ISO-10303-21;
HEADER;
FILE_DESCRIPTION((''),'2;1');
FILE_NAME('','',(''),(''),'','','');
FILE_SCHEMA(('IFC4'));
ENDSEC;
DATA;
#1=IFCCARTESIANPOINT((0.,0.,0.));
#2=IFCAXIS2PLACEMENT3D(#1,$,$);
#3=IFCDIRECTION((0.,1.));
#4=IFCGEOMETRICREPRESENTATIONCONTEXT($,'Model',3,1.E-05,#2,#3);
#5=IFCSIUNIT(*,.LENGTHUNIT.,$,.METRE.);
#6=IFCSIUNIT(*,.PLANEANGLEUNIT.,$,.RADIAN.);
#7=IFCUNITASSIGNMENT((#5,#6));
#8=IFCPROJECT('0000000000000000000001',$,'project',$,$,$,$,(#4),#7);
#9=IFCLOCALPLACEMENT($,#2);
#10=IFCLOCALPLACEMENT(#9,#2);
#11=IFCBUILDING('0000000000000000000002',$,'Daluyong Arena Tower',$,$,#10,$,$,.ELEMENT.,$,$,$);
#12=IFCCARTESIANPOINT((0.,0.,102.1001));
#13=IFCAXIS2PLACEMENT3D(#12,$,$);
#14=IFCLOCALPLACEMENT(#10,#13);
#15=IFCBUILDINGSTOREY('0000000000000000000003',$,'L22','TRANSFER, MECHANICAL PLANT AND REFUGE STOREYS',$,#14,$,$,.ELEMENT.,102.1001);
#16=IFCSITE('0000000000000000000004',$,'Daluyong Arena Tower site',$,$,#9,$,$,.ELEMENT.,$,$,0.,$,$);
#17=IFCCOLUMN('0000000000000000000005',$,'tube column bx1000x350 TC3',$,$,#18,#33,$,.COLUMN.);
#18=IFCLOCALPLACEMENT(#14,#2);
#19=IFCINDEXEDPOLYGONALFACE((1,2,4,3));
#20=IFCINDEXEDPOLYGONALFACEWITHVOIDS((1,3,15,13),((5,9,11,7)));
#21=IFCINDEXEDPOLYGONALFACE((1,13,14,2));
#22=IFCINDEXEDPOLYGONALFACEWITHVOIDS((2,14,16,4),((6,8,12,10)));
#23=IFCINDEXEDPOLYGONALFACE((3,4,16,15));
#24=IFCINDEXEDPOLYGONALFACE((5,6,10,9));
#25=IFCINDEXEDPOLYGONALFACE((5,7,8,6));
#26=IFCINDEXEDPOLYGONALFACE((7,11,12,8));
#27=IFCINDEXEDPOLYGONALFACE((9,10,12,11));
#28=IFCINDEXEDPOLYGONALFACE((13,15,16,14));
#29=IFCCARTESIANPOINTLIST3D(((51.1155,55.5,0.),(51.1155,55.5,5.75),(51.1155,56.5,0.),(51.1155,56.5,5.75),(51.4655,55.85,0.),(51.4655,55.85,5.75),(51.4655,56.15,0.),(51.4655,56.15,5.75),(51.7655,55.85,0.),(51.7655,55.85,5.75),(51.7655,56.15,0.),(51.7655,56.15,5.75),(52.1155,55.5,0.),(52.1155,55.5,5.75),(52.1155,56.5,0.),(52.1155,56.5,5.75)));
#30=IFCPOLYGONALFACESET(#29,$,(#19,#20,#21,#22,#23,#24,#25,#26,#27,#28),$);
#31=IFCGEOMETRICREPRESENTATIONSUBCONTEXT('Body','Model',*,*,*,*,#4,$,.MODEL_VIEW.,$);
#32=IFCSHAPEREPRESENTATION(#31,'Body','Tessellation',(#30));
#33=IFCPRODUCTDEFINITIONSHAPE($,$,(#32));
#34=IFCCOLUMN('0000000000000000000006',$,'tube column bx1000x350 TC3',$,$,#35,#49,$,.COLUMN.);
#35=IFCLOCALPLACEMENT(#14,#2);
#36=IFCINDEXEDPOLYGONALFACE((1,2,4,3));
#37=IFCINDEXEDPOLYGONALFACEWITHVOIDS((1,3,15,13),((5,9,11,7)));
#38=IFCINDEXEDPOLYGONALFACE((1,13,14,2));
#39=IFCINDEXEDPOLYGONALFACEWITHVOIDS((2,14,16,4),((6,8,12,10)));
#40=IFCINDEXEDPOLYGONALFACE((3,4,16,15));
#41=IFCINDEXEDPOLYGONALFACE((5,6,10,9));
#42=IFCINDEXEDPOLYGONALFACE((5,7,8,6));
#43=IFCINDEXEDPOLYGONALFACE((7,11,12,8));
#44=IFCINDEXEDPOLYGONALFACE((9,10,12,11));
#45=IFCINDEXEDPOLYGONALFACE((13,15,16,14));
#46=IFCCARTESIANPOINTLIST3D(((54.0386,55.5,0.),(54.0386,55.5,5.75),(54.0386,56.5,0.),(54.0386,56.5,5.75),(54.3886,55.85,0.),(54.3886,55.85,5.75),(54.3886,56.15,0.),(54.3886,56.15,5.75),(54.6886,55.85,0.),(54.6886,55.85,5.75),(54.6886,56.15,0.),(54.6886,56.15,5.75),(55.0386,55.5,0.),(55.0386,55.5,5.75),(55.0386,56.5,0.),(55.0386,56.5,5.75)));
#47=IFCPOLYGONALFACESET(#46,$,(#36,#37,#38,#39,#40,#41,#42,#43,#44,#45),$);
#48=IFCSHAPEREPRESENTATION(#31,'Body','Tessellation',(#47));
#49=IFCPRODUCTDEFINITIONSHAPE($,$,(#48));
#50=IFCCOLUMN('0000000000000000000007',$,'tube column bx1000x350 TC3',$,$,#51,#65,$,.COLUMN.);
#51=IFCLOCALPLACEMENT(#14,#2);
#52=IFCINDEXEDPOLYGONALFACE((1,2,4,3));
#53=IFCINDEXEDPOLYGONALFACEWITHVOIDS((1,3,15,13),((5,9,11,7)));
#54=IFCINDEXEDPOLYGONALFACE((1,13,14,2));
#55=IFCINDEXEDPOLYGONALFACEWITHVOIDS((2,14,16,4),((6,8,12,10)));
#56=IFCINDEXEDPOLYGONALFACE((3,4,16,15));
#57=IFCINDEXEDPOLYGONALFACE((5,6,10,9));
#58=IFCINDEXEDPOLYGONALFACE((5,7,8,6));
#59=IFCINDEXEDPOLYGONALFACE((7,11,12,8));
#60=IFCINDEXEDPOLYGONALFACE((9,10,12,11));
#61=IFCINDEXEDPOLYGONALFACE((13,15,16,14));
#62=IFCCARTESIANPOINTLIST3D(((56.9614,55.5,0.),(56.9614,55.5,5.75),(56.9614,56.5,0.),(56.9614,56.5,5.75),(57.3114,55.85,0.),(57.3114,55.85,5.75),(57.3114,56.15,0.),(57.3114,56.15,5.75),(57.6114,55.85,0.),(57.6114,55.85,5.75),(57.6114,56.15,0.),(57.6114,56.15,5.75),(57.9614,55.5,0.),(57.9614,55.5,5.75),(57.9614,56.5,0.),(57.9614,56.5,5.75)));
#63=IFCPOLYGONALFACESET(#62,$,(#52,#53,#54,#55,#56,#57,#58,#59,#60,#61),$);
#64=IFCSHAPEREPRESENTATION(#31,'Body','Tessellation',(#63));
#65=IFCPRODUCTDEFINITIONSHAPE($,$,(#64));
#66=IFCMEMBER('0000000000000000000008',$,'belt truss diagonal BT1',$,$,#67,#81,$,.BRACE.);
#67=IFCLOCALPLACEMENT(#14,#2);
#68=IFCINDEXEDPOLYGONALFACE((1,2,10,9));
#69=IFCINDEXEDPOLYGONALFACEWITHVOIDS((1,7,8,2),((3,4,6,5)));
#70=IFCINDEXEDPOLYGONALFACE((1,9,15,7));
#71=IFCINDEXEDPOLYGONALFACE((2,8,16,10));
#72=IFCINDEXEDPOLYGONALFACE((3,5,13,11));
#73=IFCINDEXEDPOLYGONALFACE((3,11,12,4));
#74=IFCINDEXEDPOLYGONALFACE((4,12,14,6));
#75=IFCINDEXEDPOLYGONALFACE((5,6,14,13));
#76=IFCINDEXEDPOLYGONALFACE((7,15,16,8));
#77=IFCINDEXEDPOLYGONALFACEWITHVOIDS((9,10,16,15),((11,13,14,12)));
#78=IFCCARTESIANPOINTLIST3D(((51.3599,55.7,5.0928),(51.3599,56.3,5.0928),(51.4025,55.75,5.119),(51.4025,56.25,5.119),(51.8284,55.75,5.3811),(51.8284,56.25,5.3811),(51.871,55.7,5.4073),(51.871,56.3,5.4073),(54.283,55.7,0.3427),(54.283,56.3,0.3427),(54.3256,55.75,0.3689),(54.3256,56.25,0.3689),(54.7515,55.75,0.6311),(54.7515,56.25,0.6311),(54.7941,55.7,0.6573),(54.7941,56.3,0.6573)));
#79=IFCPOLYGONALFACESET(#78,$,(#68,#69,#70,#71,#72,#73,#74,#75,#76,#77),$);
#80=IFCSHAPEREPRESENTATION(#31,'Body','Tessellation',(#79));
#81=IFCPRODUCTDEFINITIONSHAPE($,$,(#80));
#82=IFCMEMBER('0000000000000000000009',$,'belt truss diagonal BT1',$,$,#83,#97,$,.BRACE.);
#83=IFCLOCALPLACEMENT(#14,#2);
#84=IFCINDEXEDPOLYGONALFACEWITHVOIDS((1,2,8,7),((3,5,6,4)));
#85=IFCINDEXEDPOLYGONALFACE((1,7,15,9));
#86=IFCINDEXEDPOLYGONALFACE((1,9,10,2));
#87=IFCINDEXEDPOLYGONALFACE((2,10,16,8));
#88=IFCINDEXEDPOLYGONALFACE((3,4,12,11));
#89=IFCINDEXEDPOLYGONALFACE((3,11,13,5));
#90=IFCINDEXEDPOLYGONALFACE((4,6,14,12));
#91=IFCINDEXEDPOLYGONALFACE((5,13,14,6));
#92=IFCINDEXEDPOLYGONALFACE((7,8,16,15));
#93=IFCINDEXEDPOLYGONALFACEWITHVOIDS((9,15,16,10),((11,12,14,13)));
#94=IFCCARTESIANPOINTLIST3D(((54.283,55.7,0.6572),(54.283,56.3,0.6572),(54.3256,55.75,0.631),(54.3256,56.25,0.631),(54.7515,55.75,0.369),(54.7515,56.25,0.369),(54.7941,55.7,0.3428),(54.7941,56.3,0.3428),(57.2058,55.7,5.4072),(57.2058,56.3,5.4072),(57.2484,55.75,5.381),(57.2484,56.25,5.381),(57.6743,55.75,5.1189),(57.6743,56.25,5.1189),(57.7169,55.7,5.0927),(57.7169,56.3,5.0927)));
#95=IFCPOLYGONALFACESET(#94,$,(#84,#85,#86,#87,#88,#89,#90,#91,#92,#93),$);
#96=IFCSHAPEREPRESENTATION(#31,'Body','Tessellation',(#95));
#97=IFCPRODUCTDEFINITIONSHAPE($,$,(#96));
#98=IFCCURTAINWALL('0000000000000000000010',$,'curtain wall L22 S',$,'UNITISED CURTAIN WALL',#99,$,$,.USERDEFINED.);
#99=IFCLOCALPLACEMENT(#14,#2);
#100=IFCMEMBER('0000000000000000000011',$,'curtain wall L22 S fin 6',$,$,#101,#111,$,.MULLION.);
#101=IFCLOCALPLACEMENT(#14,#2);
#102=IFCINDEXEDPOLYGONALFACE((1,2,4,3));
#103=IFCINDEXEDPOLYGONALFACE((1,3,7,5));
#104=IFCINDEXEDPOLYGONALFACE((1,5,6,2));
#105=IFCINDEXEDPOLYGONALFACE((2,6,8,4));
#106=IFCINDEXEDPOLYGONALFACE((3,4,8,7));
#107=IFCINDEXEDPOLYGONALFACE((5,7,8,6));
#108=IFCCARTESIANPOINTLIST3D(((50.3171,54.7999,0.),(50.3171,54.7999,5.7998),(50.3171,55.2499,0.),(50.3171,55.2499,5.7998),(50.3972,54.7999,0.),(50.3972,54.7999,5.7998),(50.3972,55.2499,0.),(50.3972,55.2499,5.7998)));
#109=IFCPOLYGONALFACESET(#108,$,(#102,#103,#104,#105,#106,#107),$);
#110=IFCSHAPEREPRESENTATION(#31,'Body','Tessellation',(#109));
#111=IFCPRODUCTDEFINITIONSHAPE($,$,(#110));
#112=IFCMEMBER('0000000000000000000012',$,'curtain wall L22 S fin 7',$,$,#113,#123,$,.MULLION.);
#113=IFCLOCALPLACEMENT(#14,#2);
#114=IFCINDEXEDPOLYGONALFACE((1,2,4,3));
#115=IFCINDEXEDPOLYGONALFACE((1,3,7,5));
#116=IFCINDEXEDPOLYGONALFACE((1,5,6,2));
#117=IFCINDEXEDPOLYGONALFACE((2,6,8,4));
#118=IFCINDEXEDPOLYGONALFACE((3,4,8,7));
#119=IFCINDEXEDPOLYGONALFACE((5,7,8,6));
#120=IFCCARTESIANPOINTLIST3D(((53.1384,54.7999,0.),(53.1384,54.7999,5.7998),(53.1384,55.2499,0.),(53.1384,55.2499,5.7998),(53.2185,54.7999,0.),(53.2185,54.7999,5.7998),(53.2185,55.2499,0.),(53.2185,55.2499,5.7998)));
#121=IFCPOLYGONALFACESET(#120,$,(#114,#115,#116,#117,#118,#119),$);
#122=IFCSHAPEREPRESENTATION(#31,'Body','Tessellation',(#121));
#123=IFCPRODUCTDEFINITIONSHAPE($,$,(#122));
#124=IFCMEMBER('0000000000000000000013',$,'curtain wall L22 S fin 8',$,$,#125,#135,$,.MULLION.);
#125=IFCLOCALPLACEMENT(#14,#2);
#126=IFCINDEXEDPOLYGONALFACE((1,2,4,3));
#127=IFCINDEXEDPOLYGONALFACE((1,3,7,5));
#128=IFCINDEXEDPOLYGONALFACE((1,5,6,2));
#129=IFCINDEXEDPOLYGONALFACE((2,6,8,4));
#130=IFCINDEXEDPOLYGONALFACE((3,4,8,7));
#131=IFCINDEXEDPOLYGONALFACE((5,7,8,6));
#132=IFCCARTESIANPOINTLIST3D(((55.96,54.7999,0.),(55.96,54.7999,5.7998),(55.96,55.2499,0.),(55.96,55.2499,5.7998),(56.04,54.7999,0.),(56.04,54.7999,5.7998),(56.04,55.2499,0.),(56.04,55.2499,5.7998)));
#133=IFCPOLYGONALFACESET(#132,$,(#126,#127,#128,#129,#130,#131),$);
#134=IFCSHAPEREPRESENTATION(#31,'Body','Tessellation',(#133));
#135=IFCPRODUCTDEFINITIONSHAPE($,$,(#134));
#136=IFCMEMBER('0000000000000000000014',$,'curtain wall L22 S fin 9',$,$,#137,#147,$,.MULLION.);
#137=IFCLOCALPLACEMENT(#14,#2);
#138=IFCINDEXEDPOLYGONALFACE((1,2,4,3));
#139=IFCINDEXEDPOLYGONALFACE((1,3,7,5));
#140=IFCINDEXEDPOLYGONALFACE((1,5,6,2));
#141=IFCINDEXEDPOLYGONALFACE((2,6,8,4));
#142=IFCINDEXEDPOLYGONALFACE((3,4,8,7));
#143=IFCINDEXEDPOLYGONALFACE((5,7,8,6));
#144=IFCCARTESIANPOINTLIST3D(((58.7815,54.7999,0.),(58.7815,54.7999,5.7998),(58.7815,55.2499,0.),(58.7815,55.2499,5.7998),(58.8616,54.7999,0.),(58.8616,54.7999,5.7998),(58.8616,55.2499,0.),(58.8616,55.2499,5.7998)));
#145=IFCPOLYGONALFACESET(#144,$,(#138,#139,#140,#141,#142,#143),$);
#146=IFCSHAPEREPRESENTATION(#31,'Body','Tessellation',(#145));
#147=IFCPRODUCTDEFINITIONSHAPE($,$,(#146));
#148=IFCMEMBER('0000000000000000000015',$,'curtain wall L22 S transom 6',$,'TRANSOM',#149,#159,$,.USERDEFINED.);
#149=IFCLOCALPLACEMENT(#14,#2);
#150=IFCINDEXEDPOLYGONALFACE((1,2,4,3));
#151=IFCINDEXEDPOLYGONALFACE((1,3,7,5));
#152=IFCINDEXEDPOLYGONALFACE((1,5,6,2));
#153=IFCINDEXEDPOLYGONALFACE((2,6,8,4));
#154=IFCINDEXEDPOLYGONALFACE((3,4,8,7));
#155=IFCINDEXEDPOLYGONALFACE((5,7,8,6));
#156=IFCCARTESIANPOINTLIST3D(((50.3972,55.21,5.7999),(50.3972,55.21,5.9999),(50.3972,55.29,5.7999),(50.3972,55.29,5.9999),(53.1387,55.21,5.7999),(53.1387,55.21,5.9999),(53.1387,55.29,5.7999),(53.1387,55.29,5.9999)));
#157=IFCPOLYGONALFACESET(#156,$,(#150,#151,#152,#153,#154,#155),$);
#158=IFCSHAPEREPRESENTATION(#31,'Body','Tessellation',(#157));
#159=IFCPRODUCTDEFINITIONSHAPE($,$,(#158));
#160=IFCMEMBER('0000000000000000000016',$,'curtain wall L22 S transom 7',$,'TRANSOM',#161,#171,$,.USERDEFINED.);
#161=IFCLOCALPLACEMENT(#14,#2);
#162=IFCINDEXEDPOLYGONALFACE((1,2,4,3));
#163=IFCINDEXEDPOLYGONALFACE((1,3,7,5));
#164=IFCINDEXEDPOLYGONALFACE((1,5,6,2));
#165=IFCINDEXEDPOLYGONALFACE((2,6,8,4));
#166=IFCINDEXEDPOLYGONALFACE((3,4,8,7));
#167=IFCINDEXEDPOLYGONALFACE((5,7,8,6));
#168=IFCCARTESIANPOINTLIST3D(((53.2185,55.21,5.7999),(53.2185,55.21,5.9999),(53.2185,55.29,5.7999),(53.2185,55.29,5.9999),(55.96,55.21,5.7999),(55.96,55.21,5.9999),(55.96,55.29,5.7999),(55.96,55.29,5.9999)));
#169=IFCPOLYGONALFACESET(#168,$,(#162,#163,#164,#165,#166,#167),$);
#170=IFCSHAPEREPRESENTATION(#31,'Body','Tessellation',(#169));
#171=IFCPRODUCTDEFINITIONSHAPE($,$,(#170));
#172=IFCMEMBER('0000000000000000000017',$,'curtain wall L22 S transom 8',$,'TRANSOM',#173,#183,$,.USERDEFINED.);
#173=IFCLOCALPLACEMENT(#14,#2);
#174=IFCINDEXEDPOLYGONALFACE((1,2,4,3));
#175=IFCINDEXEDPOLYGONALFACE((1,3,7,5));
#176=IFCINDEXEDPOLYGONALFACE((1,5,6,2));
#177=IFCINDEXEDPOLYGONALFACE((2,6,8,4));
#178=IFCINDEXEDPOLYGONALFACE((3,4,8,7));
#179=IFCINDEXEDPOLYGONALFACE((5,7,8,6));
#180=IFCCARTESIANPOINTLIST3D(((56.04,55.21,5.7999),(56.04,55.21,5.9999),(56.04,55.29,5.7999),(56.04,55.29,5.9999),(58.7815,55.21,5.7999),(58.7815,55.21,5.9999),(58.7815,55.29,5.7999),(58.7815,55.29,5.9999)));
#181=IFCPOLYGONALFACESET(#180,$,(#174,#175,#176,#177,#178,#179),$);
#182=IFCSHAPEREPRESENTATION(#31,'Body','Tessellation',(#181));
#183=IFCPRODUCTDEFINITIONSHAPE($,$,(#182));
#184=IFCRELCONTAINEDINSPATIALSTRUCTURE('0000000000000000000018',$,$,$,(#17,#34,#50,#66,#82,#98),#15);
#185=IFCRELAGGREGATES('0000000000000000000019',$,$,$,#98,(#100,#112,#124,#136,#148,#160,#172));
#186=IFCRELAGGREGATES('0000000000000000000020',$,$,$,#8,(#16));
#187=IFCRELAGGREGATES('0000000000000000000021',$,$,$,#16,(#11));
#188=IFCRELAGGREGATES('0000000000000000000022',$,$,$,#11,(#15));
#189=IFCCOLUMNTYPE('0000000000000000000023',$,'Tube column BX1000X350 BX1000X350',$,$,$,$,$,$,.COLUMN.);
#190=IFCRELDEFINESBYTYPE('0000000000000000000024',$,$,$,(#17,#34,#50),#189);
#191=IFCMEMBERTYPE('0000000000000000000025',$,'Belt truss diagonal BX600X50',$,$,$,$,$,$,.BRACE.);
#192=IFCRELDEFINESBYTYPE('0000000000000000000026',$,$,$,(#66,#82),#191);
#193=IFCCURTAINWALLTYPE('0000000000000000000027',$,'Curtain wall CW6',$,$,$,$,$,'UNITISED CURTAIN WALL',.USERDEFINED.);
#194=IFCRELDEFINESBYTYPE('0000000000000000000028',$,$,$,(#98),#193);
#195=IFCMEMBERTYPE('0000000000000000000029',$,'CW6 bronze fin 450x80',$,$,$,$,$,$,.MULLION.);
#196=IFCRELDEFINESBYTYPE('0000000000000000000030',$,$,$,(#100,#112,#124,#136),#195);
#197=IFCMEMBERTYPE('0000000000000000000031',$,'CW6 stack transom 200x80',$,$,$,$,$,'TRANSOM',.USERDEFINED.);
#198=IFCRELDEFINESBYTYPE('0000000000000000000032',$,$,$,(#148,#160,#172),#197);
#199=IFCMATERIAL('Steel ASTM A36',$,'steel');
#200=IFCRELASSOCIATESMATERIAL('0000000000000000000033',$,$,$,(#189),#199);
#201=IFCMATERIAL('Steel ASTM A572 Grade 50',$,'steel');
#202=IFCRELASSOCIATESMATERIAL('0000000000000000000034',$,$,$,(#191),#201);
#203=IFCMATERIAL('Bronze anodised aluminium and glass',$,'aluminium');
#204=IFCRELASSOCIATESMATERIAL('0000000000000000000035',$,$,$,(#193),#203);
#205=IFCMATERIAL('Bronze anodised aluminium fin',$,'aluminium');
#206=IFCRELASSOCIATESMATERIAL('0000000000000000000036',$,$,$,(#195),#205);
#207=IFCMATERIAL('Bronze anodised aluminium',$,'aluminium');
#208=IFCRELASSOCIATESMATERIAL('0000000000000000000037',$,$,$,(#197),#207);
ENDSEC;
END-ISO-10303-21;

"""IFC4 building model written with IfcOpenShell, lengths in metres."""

from ifc_helpers import new_model, si_unit, direction, frame, origin, origin_2d, place, context, subcontext, project, spatial, rectangle, hollow_rectangle, extrude, material, material_profile, profile_set, type_object, element, aggregate, save


model = new_model("IFC4")

# Units and contexts
model_context = context("Model", 3, precision=1e-05, world=origin(), true_north=direction((0.0, 1.0)))
body_context = subcontext(model_context, "Body", "Model", "MODEL_VIEW")
ifc_project = project(units=[si_unit("LENGTHUNIT", "METRE"), si_unit("PLANEANGLEUNIT", "RADIAN")], contexts=[model_context])

# Site, building, storey
site_placement = place(None, origin())
site = spatial("IfcSite", under=ifc_project, at=site_placement, Name="Daluyong Arena Tower site", CompositionType="ELEMENT", RefElevation=0.0)
building_placement = place(site_placement, origin())
building = spatial("IfcBuilding", under=site, at=building_placement, Name="Daluyong Arena Tower", CompositionType="ELEMENT")
storey_placement = place(building_placement, frame((0.0, 0.0, 102.1001)))
storey = spatial("IfcBuildingStorey", under=building, at=storey_placement, Name="L22", Description="TRANSFER, MECHANICAL PLANT AND REFUGE STOREYS", CompositionType="ELEMENT", Elevation=102.1001)

# Columns
ifc_material_1 = material(Name="Steel ASTM A36", Category="steel")
ifc_material_profile_1 = material_profile(ifc_material_1, hollow_rectangle(XDim=1.0, YDim=1.0, WallThickness=0.35, at=origin_2d()))
ifc_profile_set_1 = profile_set([ifc_material_profile_1], Name="Steel ASTM A36")
column_type = type_object("IfcColumnType", Name="Tube column BX1000X350 BX1000X350", PredefinedType="COLUMN", material=ifc_profile_set_1)
for number, where, z_axis, x_axis, name in (
    (1, (51.6155, 56.0, 0.0), (0.0, 0.0, 1.0), (1.0, 0.0, 0.0), "tube column bx1000x350 TC3"),
    (2, (54.5386, 56.0, 0.0), (0.0, 0.0, 1.0), (1.0, 0.0, 0.0), "tube column bx1000x350 TC3"),
    (3, (57.4614, 56.0, 0.0), (0.0, 0.0, 1.0), (1.0, 0.0, 0.0), "tube column bx1000x350 TC3"),
):
    element("IfcColumn", number, at=place(storey_placement, frame(where, z_axis=z_axis, x_axis=x_axis)), inside=storey, type_object=column_type, Name=name, PredefinedType="COLUMN", context=body_context, shape_type="SweptSolid", body=[
        extrude(hollow_rectangle(XDim=1.0, YDim=1.0, WallThickness=0.35, at=origin_2d()), origin(), (0.0, 0.0, 1.0), 5.75),
    ])

# Members
ifc_material_2 = material(Name="Steel ASTM A572 Grade 50", Category="steel")
ifc_material_profile_2 = material_profile(ifc_material_2, hollow_rectangle(XDim=0.6001, YDim=0.6001, WallThickness=0.05, at=origin_2d()))
ifc_profile_set_2 = profile_set([ifc_material_profile_2], Name="Steel ASTM A572 Grade 50")
member_type_1 = type_object("IfcMemberType", Name="Belt truss diagonal BX600X50", PredefinedType="BRACE", material=ifc_profile_set_2)
member_1_placement = place(storey_placement, frame((54.5386, 56.0, 0.5), z_axis=(-0.5241, 0.0, 0.851657), x_axis=(0.0, -1.0, 0.0)))
element("IfcMember", 4, at=member_1_placement, inside=storey, type_object=member_type_1, Name="belt truss diagonal BT1", PredefinedType="BRACE", context=body_context, shape_type="SweptSolid", body=[
    extrude(hollow_rectangle(XDim=0.6001, YDim=0.6001, WallThickness=0.05, at=origin_2d()), origin(), (0.0, 0.0, 1.0), 5.5774),
])
member_2_placement = place(storey_placement, frame((54.5386, 56.0, 0.5), z_axis=(0.524068, 0.0, 0.851676), x_axis=(0.0, 1.0, 0.0)))
element("IfcMember", 5, at=member_2_placement, inside=storey, type_object=member_type_1, Name="belt truss diagonal BT1", PredefinedType="BRACE", context=body_context, shape_type="SweptSolid", body=[
    extrude(hollow_rectangle(XDim=0.6001, YDim=0.6001, WallThickness=0.05, at=origin_2d()), origin(), (0.0, 0.0, 1.0), 5.5771),
])

# Curtain wall, members
ifc_material_3 = material(Name="Bronze anodised aluminium and glass", Category="aluminium")
curtain_wall_type = type_object("IfcCurtainWallType", Name="Curtain wall CW6", ElementType="UNITISED CURTAIN WALL", PredefinedType="USERDEFINED", material=ifc_material_3)
curtain_wall_placement = place(storey_placement, origin())
curtain_wall = element("IfcCurtainWall", 6, at=curtain_wall_placement, inside=storey, type_object=curtain_wall_type, Name="curtain wall L22 S", ObjectType="UNITISED CURTAIN WALL", PredefinedType="USERDEFINED")
ifc_material_4 = material(Name="Bronze anodised aluminium fin", Category="aluminium")
ifc_material_profile_3 = material_profile(ifc_material_4, rectangle(XDim=0.45, YDim=0.0801, at=origin_2d()))
ifc_profile_set_3 = profile_set([ifc_material_profile_3], Name="Bronze anodised aluminium fin")
member_type_2 = type_object("IfcMemberType", Name="CW6 bronze fin 450x80", PredefinedType="MULLION", material=ifc_profile_set_3)
member_3_placement = place(storey_placement, frame((50.3572, 55.0249, 0.0), z_axis=(0.0, 0.0, 1.0), x_axis=(0.0, 1.0, 0.0)))
member_3 = element("IfcMember", 7, at=member_3_placement, type_object=member_type_2, Name="curtain wall L22 S fin 6", PredefinedType="MULLION", context=body_context, shape_type="SweptSolid", body=[
    extrude(rectangle(XDim=0.45, YDim=0.0801, at=origin_2d()), origin(), (0.0, 0.0, 1.0), 5.7998),
])
member_4_placement = place(storey_placement, frame((53.1785, 55.0249, 0.0), z_axis=(0.0, 0.0, 1.0), x_axis=(0.0, 1.0, 0.0)))
member_4 = element("IfcMember", 8, at=member_4_placement, type_object=member_type_2, Name="curtain wall L22 S fin 7", PredefinedType="MULLION", context=body_context, shape_type="SweptSolid", body=[
    extrude(rectangle(XDim=0.45, YDim=0.0801, at=origin_2d()), origin(), (0.0, 0.0, 1.0), 5.7998),
])
member_5_placement = place(storey_placement, frame((56.0, 55.0249, 0.0), z_axis=(0.0, 0.0, 1.0), x_axis=(0.0, 1.0, 0.0)))
member_5 = element("IfcMember", 9, at=member_5_placement, type_object=member_type_2, Name="curtain wall L22 S fin 8", PredefinedType="MULLION", context=body_context, shape_type="SweptSolid", body=[
    extrude(rectangle(XDim=0.45, YDim=0.0801, at=origin_2d()), origin(), (0.0, 0.0, 1.0), 5.7998),
])
member_6_placement = place(storey_placement, frame((58.8215, 55.0249, 0.0), z_axis=(0.0, 0.0, 1.0), x_axis=(0.0, 1.0, 0.0)))
member_6 = element("IfcMember", 10, at=member_6_placement, type_object=member_type_2, Name="curtain wall L22 S fin 9", PredefinedType="MULLION", context=body_context, shape_type="SweptSolid", body=[
    extrude(rectangle(XDim=0.45, YDim=0.0801, at=origin_2d()), origin(), (0.0, 0.0, 1.0), 5.7998),
])
ifc_material_5 = material(Name="Bronze anodised aluminium", Category="aluminium")
ifc_material_profile_4 = material_profile(ifc_material_5, rectangle(XDim=0.0801, YDim=0.2, at=origin_2d()))
ifc_profile_set_4 = profile_set([ifc_material_profile_4], Name="Bronze anodised aluminium")
member_type_3 = type_object("IfcMemberType", Name="CW6 stack transom 200x80", ElementType="TRANSOM", PredefinedType="USERDEFINED", material=ifc_profile_set_4)
member_7_placement = place(storey_placement, frame((50.3972, 55.25, 5.8999), z_axis=(1.0, 0.0, 0.0), x_axis=(0.0, 1.0, 0.0)))
member_7 = element("IfcMember", 11, at=member_7_placement, type_object=member_type_3, Name="curtain wall L22 S transom 6", ObjectType="TRANSOM", PredefinedType="USERDEFINED", context=body_context, shape_type="SweptSolid", body=[
    extrude(rectangle(XDim=0.0801, YDim=0.2, at=origin_2d()), origin(), (0.0, 0.0, 1.0), 2.7415),
])
member_8_placement = place(storey_placement, frame((53.2185, 55.25, 5.8999), z_axis=(1.0, 0.0, 0.0), x_axis=(0.0, 1.0, 0.0)))
member_8 = element("IfcMember", 12, at=member_8_placement, type_object=member_type_3, Name="curtain wall L22 S transom 7", ObjectType="TRANSOM", PredefinedType="USERDEFINED", context=body_context, shape_type="SweptSolid", body=[
    extrude(rectangle(XDim=0.0801, YDim=0.2, at=origin_2d()), origin(), (0.0, 0.0, 1.0), 2.7415),
])
member_9_placement = place(storey_placement, frame((56.04, 55.25, 5.8999), z_axis=(1.0, 0.0, 0.0), x_axis=(0.0, 1.0, 0.0)))
member_9 = element("IfcMember", 13, at=member_9_placement, type_object=member_type_3, Name="curtain wall L22 S transom 8", ObjectType="TRANSOM", PredefinedType="USERDEFINED", context=body_context, shape_type="SweptSolid", body=[
    extrude(rectangle(XDim=0.0801, YDim=0.2, at=origin_2d()), origin(), (0.0, 0.0, 1.0), 2.7415),
])

aggregate(curtain_wall, [member_3, member_4, member_5, member_6, member_7, member_8, member_9])

save(model, "model.ifc")
